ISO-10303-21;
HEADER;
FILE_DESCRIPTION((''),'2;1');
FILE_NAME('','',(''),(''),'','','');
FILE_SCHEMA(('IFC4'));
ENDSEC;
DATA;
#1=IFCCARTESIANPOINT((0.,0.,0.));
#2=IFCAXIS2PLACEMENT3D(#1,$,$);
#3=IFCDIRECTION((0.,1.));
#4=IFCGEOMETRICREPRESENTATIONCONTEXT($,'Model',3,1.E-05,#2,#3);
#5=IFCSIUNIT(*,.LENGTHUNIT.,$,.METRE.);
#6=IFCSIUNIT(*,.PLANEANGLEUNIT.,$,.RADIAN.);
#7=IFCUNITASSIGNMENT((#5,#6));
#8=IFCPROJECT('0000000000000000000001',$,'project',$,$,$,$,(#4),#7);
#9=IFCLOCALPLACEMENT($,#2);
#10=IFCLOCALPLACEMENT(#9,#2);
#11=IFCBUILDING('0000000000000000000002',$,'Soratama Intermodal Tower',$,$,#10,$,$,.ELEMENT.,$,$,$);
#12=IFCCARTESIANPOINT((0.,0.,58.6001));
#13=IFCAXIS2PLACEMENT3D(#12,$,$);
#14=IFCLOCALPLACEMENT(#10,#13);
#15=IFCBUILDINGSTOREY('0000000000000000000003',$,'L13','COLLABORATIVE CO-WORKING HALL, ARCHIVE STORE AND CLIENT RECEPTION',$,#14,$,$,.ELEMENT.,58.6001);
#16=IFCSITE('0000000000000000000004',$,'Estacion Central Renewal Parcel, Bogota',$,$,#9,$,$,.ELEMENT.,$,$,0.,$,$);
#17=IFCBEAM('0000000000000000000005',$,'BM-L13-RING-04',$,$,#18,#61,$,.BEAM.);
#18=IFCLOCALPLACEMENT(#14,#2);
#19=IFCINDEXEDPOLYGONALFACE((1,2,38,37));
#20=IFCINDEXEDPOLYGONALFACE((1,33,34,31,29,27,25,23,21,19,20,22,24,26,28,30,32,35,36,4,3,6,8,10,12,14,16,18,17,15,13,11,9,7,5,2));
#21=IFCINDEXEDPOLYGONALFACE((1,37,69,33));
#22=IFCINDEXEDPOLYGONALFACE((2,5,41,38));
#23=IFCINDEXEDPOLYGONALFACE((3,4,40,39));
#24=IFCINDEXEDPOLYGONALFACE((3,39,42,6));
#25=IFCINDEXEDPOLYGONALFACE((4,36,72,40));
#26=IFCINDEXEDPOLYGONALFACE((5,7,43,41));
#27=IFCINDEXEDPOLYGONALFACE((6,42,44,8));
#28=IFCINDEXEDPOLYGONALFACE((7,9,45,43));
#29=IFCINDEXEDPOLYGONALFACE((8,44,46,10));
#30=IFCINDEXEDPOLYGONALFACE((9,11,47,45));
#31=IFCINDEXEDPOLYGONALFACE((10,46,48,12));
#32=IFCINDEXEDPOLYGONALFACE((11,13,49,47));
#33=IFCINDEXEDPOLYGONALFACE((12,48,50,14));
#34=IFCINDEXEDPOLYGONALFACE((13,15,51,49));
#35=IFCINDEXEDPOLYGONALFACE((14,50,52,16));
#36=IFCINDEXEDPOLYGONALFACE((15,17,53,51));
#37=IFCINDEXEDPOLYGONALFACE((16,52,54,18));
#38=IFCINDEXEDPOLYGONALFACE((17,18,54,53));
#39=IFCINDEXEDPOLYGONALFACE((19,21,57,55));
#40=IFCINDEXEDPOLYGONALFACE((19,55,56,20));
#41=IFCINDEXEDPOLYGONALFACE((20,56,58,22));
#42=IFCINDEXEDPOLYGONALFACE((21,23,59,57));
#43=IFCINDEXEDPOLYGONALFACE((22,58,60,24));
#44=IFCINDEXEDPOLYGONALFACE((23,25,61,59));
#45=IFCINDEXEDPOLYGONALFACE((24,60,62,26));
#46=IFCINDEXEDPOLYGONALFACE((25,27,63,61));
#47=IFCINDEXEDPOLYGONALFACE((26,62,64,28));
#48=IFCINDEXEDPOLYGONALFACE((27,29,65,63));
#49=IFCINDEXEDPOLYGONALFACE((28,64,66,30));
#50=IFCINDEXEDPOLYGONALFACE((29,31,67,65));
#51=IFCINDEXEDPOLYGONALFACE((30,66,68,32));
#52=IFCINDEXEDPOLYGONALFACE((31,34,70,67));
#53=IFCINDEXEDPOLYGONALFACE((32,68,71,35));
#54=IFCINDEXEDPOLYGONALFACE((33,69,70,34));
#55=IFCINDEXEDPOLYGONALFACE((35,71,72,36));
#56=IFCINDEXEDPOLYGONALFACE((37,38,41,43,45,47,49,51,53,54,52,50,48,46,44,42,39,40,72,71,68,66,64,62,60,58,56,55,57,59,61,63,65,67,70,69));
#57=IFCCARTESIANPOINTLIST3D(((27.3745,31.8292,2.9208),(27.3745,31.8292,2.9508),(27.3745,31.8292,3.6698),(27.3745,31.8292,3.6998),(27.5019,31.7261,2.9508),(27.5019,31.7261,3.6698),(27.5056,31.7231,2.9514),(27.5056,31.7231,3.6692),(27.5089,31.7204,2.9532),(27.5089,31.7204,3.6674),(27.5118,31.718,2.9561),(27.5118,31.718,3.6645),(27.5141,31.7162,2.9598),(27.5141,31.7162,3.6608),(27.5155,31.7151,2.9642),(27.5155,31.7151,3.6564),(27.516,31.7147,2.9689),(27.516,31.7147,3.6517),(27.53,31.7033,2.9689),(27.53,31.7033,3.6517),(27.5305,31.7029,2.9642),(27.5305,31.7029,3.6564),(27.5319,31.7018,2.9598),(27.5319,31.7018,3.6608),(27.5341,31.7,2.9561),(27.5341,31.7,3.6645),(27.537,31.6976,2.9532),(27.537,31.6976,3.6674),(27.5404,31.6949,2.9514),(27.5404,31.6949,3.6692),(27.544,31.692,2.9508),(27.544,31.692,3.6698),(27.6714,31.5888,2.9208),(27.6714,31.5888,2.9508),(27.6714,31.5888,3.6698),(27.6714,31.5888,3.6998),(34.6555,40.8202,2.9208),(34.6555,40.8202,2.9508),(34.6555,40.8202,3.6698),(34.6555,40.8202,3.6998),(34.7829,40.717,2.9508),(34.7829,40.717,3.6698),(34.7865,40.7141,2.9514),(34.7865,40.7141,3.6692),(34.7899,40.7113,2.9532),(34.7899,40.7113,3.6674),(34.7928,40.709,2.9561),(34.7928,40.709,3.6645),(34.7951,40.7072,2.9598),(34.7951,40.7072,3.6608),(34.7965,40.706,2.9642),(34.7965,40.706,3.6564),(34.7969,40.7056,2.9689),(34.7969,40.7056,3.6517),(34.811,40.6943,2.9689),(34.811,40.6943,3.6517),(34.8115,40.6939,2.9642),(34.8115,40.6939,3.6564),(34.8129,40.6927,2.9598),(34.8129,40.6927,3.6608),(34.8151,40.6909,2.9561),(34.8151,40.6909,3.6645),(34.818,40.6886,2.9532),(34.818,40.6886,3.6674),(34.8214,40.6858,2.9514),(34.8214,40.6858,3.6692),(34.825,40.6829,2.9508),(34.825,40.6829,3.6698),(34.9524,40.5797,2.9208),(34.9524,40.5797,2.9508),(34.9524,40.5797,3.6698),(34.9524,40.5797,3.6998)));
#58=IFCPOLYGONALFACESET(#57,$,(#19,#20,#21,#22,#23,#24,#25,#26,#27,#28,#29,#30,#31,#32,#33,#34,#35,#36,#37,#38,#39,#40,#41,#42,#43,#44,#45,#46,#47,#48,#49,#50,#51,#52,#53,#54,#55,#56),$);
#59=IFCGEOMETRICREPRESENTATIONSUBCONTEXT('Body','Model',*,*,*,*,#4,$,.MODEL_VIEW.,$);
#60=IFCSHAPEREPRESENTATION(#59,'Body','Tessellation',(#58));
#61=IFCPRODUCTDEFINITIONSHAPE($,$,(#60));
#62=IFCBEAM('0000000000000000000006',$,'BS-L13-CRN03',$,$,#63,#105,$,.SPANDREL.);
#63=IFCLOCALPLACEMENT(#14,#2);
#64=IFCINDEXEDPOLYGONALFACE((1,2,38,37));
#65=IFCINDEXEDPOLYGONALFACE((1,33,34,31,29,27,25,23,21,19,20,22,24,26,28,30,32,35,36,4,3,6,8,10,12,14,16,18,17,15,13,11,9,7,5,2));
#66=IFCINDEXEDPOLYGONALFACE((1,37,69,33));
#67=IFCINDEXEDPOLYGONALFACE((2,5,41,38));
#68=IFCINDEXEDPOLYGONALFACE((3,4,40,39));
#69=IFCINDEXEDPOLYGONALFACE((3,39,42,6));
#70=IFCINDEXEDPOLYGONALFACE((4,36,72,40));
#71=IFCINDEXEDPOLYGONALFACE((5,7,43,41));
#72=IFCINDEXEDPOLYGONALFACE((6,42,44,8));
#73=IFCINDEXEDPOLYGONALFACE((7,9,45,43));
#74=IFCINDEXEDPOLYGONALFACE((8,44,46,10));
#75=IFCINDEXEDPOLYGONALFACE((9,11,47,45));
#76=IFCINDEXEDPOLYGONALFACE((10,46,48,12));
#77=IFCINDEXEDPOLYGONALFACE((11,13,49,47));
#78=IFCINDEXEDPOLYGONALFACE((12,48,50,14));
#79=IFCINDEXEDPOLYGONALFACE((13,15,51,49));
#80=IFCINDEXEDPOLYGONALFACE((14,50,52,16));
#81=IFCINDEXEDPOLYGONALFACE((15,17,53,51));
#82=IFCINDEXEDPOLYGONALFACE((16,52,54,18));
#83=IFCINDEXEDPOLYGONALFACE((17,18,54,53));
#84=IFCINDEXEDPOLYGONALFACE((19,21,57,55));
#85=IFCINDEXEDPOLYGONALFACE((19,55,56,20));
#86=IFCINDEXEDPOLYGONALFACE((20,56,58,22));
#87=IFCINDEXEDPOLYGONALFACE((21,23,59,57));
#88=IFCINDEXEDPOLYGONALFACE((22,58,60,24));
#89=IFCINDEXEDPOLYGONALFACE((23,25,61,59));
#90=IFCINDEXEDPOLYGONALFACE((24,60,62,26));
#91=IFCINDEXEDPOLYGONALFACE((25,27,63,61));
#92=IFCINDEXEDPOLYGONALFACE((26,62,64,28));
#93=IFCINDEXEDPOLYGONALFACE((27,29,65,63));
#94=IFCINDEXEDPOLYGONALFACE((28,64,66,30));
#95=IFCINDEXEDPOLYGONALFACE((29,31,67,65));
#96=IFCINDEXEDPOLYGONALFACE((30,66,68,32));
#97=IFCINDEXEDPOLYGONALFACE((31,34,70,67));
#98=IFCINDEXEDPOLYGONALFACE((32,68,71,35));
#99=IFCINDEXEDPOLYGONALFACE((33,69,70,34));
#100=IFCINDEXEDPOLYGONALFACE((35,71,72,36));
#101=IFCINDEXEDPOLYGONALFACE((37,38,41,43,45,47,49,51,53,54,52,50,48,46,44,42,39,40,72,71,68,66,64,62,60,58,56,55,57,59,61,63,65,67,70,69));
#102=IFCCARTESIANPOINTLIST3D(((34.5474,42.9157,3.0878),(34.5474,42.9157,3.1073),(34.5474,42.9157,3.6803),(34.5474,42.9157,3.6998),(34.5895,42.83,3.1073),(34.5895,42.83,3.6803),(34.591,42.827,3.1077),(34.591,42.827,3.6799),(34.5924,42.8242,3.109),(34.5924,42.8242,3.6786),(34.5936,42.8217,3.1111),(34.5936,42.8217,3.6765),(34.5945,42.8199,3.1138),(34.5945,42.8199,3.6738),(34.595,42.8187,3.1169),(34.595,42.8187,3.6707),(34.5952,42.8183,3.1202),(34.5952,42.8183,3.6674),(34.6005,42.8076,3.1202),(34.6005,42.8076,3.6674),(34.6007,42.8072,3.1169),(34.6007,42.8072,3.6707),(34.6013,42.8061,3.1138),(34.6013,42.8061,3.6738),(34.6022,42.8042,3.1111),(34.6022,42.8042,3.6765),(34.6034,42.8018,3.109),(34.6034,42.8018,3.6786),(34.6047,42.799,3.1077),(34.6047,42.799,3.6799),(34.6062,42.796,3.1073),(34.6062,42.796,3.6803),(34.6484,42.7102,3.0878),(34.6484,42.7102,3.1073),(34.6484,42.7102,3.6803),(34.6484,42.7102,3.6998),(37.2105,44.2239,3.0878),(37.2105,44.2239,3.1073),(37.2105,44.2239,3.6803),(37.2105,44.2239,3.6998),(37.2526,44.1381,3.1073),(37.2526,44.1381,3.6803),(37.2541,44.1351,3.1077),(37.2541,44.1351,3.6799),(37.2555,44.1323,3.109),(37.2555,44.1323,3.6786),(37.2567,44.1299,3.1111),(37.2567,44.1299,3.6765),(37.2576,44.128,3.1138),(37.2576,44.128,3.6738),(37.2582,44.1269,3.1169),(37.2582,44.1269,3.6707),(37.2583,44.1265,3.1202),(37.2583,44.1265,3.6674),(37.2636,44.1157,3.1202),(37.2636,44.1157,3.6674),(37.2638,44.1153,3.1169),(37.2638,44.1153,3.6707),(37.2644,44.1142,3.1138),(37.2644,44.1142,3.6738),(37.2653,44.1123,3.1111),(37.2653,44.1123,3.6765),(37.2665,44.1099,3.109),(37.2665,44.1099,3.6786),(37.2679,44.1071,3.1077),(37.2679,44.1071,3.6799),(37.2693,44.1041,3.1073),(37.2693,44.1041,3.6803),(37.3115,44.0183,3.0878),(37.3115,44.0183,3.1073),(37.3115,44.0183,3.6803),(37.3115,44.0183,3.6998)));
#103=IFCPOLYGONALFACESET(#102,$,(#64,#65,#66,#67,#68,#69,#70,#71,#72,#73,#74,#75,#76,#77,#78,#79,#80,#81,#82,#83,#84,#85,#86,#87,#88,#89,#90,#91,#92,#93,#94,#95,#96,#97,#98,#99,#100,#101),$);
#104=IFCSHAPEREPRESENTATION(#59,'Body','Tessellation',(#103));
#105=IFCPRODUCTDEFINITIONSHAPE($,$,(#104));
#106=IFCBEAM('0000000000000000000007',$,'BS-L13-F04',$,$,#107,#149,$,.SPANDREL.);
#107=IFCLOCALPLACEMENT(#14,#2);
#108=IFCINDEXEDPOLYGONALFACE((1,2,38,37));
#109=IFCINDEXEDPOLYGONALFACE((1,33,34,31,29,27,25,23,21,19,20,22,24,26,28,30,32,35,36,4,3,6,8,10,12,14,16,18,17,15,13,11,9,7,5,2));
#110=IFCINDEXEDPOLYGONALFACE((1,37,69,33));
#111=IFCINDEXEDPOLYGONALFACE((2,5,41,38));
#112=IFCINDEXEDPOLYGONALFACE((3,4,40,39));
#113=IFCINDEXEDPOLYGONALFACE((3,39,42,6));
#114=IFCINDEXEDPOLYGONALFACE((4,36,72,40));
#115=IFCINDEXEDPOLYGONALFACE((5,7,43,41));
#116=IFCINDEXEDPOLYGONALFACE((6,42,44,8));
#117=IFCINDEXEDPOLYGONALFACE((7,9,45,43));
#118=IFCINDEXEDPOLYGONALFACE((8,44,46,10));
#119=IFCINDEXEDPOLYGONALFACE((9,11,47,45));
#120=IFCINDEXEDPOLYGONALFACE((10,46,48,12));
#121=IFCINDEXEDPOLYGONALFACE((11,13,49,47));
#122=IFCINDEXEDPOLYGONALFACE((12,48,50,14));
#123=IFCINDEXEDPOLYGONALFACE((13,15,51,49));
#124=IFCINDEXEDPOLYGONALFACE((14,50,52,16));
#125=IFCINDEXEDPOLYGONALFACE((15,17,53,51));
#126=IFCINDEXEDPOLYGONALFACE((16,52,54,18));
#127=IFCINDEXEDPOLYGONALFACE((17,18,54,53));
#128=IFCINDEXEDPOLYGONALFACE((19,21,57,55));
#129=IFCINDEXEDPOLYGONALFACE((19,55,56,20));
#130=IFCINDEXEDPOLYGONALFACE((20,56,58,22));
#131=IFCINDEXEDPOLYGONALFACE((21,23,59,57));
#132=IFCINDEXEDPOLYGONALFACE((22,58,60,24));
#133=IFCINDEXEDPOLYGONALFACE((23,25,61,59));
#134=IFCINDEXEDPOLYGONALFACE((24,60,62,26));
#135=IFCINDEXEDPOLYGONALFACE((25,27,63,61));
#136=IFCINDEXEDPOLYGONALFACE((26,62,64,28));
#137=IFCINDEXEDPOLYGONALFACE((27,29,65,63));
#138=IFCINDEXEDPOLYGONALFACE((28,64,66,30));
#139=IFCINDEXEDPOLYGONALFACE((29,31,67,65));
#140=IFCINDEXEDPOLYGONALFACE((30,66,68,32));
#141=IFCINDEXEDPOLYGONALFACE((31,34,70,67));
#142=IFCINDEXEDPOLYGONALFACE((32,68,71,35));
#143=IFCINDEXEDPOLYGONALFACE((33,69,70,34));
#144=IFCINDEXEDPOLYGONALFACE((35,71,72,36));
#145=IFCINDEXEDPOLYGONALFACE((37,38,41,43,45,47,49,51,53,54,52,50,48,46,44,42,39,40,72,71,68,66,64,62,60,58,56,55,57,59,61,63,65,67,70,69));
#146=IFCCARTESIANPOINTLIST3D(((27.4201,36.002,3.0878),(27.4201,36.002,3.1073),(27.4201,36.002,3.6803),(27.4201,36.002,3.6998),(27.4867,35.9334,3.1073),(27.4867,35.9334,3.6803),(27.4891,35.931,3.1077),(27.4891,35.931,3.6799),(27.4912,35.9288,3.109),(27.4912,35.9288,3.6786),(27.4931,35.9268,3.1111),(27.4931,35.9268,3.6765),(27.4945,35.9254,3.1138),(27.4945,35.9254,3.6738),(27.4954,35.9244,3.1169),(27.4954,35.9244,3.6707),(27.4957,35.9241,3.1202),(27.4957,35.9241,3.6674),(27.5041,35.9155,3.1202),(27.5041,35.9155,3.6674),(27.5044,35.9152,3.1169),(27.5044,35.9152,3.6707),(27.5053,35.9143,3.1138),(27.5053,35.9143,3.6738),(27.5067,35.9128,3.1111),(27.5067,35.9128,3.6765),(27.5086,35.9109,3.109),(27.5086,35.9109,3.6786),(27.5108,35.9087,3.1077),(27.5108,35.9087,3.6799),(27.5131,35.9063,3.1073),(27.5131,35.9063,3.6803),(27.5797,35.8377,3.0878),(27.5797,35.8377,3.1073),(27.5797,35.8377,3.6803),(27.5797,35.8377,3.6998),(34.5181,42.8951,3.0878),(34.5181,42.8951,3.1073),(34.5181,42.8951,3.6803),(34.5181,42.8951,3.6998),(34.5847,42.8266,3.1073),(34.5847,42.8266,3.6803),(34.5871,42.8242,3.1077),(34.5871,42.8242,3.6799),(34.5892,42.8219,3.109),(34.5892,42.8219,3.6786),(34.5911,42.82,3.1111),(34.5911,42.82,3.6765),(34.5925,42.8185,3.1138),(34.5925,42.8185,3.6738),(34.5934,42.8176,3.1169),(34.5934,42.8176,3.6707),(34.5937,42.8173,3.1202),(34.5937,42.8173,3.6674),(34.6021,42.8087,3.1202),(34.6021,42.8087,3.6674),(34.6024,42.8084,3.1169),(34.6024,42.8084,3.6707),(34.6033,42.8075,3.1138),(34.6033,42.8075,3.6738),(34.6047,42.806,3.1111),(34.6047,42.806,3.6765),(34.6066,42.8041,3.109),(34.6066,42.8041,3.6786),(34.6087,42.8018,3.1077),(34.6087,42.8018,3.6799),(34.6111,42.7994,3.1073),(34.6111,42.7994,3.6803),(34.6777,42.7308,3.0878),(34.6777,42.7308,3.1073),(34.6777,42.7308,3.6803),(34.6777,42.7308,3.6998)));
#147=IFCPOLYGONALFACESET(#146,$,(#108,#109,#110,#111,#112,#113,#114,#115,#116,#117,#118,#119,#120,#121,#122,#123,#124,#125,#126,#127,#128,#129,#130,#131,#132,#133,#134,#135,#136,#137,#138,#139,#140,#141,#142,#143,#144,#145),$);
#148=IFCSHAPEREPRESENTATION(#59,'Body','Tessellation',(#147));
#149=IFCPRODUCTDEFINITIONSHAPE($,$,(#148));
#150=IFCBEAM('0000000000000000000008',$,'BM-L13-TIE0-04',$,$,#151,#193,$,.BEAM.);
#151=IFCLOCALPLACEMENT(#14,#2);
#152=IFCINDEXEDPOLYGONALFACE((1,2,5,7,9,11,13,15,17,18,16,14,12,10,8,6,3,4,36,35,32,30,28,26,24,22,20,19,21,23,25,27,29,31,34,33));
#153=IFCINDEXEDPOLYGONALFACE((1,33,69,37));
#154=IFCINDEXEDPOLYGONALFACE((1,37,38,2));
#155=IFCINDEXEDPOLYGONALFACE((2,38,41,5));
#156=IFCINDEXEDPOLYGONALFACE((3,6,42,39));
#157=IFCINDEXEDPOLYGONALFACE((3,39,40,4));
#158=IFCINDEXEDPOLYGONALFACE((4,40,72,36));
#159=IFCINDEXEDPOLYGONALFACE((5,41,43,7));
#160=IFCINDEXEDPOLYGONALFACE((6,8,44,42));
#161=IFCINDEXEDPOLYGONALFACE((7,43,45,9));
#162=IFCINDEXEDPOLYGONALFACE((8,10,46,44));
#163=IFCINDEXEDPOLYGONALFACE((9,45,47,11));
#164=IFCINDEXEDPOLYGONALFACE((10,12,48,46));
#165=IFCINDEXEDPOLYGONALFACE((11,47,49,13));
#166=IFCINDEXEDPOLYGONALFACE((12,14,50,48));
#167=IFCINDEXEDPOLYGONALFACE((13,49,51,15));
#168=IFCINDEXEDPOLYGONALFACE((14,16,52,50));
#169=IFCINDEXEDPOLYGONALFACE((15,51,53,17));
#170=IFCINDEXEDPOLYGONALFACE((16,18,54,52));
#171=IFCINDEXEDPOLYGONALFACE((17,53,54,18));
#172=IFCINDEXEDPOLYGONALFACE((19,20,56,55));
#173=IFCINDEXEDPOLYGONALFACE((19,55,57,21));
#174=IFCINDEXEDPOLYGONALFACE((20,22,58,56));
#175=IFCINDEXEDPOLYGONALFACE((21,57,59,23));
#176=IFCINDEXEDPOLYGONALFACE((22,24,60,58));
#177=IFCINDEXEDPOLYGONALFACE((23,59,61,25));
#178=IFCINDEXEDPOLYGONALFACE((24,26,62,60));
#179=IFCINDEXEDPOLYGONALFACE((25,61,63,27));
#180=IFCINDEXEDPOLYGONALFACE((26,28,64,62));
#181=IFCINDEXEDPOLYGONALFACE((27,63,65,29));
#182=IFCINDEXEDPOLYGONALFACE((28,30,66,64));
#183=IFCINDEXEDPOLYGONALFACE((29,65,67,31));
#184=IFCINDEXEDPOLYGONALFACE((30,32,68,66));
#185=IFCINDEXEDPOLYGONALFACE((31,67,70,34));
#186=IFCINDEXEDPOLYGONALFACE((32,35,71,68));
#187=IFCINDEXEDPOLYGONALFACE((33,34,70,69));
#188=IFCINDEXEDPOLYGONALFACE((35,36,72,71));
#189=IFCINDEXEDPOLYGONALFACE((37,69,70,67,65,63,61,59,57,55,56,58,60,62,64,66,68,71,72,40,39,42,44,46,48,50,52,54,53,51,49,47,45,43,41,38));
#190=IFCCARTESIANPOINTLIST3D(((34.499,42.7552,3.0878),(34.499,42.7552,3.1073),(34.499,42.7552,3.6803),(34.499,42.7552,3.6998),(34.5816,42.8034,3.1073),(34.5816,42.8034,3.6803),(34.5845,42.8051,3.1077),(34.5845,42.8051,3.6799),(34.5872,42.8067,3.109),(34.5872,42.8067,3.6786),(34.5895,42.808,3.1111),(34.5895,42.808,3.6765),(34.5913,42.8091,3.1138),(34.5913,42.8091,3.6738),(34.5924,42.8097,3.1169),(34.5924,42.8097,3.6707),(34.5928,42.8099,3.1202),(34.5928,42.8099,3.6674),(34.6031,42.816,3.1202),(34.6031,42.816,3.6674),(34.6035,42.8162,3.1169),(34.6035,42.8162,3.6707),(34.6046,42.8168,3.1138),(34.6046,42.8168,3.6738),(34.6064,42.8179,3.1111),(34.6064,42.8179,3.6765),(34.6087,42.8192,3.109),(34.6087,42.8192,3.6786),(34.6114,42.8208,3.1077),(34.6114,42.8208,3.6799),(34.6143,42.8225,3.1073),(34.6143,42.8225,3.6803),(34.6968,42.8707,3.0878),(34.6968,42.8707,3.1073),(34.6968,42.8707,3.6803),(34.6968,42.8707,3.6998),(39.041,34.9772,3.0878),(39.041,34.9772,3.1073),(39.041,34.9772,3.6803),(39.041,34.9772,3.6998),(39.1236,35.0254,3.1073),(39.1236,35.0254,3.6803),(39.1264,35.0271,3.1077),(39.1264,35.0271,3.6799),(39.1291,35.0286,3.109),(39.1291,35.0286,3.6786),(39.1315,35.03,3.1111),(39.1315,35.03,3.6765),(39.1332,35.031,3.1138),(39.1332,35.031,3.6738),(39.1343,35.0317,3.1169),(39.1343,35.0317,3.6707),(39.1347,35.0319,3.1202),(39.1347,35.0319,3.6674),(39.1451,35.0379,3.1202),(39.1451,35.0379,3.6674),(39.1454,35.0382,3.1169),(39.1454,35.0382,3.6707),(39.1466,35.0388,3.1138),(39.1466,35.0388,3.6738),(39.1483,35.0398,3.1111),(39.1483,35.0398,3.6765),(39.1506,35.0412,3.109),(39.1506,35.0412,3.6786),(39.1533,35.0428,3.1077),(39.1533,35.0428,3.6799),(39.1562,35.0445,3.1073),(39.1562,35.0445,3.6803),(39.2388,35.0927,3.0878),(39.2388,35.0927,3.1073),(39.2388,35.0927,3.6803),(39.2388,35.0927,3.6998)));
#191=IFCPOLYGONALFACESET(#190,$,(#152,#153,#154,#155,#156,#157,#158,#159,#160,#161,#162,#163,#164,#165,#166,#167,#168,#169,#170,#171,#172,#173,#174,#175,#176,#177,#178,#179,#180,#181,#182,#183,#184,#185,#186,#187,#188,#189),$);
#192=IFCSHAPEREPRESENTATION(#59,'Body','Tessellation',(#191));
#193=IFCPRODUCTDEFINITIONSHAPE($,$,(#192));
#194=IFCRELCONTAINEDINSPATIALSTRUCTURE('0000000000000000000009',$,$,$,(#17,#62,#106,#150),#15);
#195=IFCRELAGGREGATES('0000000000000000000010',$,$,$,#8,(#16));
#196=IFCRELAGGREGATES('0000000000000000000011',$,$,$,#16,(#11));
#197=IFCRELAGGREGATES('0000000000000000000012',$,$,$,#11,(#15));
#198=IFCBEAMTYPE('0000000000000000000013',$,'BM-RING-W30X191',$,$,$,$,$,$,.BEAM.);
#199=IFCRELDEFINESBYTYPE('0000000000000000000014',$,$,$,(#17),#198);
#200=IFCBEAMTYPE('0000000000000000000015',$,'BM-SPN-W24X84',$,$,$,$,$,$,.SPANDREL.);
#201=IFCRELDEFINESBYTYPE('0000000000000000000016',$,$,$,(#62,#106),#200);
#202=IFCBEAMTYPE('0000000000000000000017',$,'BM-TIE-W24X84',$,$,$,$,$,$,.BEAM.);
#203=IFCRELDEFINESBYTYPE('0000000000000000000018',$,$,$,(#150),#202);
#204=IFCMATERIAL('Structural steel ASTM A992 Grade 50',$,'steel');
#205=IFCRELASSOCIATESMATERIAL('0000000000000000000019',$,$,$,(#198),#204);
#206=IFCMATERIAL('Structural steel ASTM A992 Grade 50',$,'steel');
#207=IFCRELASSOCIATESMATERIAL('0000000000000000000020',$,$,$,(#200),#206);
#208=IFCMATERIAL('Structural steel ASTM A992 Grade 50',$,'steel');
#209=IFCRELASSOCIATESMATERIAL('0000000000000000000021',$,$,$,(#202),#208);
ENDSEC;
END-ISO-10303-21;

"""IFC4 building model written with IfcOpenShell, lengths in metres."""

from ifc_helpers import new_model, si_unit, direction, frame, origin, origin_2d, place, context, subcontext, project, spatial, i_section, extrude, material, material_profile, profile_set, type_object, element, save


model = new_model("IFC4")

# Units and contexts
model_context = context("Model", 3, precision=1e-05, world=origin(), true_north=direction((0.0, 1.0)))
body_context = subcontext(model_context, "Body", "Model", "MODEL_VIEW")
ifc_project = project(units=[si_unit("LENGTHUNIT", "METRE"), si_unit("PLANEANGLEUNIT", "RADIAN")], contexts=[model_context])

# Site, building, storey
site_placement = place(None, origin())
site = spatial("IfcSite", under=ifc_project, at=site_placement, Name="Estacion Central Renewal Parcel, Bogota", CompositionType="ELEMENT", RefElevation=0.0)
building_placement = place(site_placement, origin())
building = spatial("IfcBuilding", under=site, at=building_placement, Name="Soratama Intermodal Tower", CompositionType="ELEMENT")
storey_placement = place(building_placement, frame((0.0, 0.0, 58.6001)))
storey = spatial("IfcBuildingStorey", under=building, at=storey_placement, Name="L13", Description="COLLABORATIVE CO-WORKING HALL, ARCHIVE STORE AND CLIENT RECEPTION", CompositionType="ELEMENT", Elevation=58.6001)

# Beams
ifc_material_1 = material(Name="Structural steel ASTM A992 Grade 50", Category="steel")
ifc_material_profile_1 = material_profile(ifc_material_1, i_section(OverallWidth=0.3821, OverallDepth=0.7791, WebThickness=0.0181, FlangeThickness=0.03, FilletRadius=0.0181, at=origin_2d()), Name="W30X191")
ifc_profile_set_1 = profile_set([ifc_material_profile_1], Name="Structural steel ASTM A992 Grade 50")
beam_type_1 = type_object("IfcBeamType", Name="BM-RING-W30X191", PredefinedType="BEAM", material=ifc_profile_set_1)
beam_1_placement = place(storey_placement, frame((34.804, 40.7, 3.3103), z_axis=(-0.629334, -0.777135, 0.0), x_axis=(0.777135, -0.629334, 0.0)))
element("IfcBeam", 1, at=beam_1_placement, inside=storey, type_object=beam_type_1, Name="BM-L13-RING-04", PredefinedType="BEAM", context=body_context, shape_type="SweptSolid", body=[
    extrude(i_section(OverallWidth=0.3821, OverallDepth=0.7791, WebThickness=0.0181, FlangeThickness=0.03, FilletRadius=0.0181, at=origin_2d()), origin(), (0.0, 0.0, 1.0), 11.5693),
])
ifc_material_2 = material(Name="Structural steel ASTM A992 Grade 50", Category="steel")
ifc_material_profile_2 = material_profile(ifc_material_2, i_section(OverallWidth=0.229, OverallDepth=0.6121, WebThickness=0.012, FlangeThickness=0.0195, FilletRadius=0.0129, at=origin_2d()), Name="W24X84")
ifc_profile_set_2 = profile_set([ifc_material_profile_2], Name="Structural steel ASTM A992 Grade 50")
beam_type_2 = type_object("IfcBeamType", Name="BM-SPN-W24X84", PredefinedType="SPANDREL", material=ifc_profile_set_2)
beam_2_placement = place(storey_placement, frame((37.261, 44.1211, 3.3938), z_axis=(-0.897565, -0.440883, 0.0), x_axis=(0.440883, -0.897565, 0.0)))
element("IfcBeam", 2, at=beam_2_placement, inside=storey, type_object=beam_type_2, Name="BS-L13-CRN03", PredefinedType="SPANDREL", context=body_context, shape_type="SweptSolid", body=[
    extrude(i_section(OverallWidth=0.229, OverallDepth=0.6121, WebThickness=0.012, FlangeThickness=0.0195, FilletRadius=0.0129, at=origin_2d()), origin(), (0.0, 0.0, 1.0), 2.967),
])
beam_3_placement = place(storey_placement, frame((34.5979, 42.813, 3.3938), z_axis=(-0.717382, -0.69668, 0.0), x_axis=(0.69668, -0.717382, 0.0)))
element("IfcBeam", 3, at=beam_3_placement, inside=storey, type_object=beam_type_2, Name="BS-L13-F04", PredefinedType="SPANDREL", context=body_context, shape_type="SweptSolid", body=[
    extrude(i_section(OverallWidth=0.229, OverallDepth=0.6121, WebThickness=0.012, FlangeThickness=0.0195, FilletRadius=0.0129, at=origin_2d()), origin(), (0.0, 0.0, 1.0), 9.8943),
])
ifc_material_3 = material(Name="Structural steel ASTM A992 Grade 50", Category="steel")
ifc_material_profile_3 = material_profile(ifc_material_3, i_section(OverallWidth=0.229, OverallDepth=0.6121, WebThickness=0.012, FlangeThickness=0.0195, FilletRadius=0.0129, at=origin_2d()), Name="W24X84")
ifc_profile_set_3 = profile_set([ifc_material_profile_3], Name="Structural steel ASTM A992 Grade 50")
beam_type_3 = type_object("IfcBeamType", Name="BM-TIE-W24X84", PredefinedType="BEAM", material=ifc_profile_set_3)
beam_4_placement = place(storey_placement, frame((39.1399, 35.0349, 3.3938), z_axis=(-0.504267, 0.863548, 0.0), x_axis=(-0.863548, -0.504267, 0.0)))
element("IfcBeam", 4, at=beam_4_placement, inside=storey, type_object=beam_type_3, Name="BM-L13-TIE0-04", PredefinedType="BEAM", context=body_context, shape_type="SweptSolid", body=[
    extrude(i_section(OverallWidth=0.229, OverallDepth=0.6121, WebThickness=0.012, FlangeThickness=0.0195, FilletRadius=0.0129, at=origin_2d()), origin(), (0.0, 0.0, 1.0), 9.0071),
])

save(model, "model.ifc")
